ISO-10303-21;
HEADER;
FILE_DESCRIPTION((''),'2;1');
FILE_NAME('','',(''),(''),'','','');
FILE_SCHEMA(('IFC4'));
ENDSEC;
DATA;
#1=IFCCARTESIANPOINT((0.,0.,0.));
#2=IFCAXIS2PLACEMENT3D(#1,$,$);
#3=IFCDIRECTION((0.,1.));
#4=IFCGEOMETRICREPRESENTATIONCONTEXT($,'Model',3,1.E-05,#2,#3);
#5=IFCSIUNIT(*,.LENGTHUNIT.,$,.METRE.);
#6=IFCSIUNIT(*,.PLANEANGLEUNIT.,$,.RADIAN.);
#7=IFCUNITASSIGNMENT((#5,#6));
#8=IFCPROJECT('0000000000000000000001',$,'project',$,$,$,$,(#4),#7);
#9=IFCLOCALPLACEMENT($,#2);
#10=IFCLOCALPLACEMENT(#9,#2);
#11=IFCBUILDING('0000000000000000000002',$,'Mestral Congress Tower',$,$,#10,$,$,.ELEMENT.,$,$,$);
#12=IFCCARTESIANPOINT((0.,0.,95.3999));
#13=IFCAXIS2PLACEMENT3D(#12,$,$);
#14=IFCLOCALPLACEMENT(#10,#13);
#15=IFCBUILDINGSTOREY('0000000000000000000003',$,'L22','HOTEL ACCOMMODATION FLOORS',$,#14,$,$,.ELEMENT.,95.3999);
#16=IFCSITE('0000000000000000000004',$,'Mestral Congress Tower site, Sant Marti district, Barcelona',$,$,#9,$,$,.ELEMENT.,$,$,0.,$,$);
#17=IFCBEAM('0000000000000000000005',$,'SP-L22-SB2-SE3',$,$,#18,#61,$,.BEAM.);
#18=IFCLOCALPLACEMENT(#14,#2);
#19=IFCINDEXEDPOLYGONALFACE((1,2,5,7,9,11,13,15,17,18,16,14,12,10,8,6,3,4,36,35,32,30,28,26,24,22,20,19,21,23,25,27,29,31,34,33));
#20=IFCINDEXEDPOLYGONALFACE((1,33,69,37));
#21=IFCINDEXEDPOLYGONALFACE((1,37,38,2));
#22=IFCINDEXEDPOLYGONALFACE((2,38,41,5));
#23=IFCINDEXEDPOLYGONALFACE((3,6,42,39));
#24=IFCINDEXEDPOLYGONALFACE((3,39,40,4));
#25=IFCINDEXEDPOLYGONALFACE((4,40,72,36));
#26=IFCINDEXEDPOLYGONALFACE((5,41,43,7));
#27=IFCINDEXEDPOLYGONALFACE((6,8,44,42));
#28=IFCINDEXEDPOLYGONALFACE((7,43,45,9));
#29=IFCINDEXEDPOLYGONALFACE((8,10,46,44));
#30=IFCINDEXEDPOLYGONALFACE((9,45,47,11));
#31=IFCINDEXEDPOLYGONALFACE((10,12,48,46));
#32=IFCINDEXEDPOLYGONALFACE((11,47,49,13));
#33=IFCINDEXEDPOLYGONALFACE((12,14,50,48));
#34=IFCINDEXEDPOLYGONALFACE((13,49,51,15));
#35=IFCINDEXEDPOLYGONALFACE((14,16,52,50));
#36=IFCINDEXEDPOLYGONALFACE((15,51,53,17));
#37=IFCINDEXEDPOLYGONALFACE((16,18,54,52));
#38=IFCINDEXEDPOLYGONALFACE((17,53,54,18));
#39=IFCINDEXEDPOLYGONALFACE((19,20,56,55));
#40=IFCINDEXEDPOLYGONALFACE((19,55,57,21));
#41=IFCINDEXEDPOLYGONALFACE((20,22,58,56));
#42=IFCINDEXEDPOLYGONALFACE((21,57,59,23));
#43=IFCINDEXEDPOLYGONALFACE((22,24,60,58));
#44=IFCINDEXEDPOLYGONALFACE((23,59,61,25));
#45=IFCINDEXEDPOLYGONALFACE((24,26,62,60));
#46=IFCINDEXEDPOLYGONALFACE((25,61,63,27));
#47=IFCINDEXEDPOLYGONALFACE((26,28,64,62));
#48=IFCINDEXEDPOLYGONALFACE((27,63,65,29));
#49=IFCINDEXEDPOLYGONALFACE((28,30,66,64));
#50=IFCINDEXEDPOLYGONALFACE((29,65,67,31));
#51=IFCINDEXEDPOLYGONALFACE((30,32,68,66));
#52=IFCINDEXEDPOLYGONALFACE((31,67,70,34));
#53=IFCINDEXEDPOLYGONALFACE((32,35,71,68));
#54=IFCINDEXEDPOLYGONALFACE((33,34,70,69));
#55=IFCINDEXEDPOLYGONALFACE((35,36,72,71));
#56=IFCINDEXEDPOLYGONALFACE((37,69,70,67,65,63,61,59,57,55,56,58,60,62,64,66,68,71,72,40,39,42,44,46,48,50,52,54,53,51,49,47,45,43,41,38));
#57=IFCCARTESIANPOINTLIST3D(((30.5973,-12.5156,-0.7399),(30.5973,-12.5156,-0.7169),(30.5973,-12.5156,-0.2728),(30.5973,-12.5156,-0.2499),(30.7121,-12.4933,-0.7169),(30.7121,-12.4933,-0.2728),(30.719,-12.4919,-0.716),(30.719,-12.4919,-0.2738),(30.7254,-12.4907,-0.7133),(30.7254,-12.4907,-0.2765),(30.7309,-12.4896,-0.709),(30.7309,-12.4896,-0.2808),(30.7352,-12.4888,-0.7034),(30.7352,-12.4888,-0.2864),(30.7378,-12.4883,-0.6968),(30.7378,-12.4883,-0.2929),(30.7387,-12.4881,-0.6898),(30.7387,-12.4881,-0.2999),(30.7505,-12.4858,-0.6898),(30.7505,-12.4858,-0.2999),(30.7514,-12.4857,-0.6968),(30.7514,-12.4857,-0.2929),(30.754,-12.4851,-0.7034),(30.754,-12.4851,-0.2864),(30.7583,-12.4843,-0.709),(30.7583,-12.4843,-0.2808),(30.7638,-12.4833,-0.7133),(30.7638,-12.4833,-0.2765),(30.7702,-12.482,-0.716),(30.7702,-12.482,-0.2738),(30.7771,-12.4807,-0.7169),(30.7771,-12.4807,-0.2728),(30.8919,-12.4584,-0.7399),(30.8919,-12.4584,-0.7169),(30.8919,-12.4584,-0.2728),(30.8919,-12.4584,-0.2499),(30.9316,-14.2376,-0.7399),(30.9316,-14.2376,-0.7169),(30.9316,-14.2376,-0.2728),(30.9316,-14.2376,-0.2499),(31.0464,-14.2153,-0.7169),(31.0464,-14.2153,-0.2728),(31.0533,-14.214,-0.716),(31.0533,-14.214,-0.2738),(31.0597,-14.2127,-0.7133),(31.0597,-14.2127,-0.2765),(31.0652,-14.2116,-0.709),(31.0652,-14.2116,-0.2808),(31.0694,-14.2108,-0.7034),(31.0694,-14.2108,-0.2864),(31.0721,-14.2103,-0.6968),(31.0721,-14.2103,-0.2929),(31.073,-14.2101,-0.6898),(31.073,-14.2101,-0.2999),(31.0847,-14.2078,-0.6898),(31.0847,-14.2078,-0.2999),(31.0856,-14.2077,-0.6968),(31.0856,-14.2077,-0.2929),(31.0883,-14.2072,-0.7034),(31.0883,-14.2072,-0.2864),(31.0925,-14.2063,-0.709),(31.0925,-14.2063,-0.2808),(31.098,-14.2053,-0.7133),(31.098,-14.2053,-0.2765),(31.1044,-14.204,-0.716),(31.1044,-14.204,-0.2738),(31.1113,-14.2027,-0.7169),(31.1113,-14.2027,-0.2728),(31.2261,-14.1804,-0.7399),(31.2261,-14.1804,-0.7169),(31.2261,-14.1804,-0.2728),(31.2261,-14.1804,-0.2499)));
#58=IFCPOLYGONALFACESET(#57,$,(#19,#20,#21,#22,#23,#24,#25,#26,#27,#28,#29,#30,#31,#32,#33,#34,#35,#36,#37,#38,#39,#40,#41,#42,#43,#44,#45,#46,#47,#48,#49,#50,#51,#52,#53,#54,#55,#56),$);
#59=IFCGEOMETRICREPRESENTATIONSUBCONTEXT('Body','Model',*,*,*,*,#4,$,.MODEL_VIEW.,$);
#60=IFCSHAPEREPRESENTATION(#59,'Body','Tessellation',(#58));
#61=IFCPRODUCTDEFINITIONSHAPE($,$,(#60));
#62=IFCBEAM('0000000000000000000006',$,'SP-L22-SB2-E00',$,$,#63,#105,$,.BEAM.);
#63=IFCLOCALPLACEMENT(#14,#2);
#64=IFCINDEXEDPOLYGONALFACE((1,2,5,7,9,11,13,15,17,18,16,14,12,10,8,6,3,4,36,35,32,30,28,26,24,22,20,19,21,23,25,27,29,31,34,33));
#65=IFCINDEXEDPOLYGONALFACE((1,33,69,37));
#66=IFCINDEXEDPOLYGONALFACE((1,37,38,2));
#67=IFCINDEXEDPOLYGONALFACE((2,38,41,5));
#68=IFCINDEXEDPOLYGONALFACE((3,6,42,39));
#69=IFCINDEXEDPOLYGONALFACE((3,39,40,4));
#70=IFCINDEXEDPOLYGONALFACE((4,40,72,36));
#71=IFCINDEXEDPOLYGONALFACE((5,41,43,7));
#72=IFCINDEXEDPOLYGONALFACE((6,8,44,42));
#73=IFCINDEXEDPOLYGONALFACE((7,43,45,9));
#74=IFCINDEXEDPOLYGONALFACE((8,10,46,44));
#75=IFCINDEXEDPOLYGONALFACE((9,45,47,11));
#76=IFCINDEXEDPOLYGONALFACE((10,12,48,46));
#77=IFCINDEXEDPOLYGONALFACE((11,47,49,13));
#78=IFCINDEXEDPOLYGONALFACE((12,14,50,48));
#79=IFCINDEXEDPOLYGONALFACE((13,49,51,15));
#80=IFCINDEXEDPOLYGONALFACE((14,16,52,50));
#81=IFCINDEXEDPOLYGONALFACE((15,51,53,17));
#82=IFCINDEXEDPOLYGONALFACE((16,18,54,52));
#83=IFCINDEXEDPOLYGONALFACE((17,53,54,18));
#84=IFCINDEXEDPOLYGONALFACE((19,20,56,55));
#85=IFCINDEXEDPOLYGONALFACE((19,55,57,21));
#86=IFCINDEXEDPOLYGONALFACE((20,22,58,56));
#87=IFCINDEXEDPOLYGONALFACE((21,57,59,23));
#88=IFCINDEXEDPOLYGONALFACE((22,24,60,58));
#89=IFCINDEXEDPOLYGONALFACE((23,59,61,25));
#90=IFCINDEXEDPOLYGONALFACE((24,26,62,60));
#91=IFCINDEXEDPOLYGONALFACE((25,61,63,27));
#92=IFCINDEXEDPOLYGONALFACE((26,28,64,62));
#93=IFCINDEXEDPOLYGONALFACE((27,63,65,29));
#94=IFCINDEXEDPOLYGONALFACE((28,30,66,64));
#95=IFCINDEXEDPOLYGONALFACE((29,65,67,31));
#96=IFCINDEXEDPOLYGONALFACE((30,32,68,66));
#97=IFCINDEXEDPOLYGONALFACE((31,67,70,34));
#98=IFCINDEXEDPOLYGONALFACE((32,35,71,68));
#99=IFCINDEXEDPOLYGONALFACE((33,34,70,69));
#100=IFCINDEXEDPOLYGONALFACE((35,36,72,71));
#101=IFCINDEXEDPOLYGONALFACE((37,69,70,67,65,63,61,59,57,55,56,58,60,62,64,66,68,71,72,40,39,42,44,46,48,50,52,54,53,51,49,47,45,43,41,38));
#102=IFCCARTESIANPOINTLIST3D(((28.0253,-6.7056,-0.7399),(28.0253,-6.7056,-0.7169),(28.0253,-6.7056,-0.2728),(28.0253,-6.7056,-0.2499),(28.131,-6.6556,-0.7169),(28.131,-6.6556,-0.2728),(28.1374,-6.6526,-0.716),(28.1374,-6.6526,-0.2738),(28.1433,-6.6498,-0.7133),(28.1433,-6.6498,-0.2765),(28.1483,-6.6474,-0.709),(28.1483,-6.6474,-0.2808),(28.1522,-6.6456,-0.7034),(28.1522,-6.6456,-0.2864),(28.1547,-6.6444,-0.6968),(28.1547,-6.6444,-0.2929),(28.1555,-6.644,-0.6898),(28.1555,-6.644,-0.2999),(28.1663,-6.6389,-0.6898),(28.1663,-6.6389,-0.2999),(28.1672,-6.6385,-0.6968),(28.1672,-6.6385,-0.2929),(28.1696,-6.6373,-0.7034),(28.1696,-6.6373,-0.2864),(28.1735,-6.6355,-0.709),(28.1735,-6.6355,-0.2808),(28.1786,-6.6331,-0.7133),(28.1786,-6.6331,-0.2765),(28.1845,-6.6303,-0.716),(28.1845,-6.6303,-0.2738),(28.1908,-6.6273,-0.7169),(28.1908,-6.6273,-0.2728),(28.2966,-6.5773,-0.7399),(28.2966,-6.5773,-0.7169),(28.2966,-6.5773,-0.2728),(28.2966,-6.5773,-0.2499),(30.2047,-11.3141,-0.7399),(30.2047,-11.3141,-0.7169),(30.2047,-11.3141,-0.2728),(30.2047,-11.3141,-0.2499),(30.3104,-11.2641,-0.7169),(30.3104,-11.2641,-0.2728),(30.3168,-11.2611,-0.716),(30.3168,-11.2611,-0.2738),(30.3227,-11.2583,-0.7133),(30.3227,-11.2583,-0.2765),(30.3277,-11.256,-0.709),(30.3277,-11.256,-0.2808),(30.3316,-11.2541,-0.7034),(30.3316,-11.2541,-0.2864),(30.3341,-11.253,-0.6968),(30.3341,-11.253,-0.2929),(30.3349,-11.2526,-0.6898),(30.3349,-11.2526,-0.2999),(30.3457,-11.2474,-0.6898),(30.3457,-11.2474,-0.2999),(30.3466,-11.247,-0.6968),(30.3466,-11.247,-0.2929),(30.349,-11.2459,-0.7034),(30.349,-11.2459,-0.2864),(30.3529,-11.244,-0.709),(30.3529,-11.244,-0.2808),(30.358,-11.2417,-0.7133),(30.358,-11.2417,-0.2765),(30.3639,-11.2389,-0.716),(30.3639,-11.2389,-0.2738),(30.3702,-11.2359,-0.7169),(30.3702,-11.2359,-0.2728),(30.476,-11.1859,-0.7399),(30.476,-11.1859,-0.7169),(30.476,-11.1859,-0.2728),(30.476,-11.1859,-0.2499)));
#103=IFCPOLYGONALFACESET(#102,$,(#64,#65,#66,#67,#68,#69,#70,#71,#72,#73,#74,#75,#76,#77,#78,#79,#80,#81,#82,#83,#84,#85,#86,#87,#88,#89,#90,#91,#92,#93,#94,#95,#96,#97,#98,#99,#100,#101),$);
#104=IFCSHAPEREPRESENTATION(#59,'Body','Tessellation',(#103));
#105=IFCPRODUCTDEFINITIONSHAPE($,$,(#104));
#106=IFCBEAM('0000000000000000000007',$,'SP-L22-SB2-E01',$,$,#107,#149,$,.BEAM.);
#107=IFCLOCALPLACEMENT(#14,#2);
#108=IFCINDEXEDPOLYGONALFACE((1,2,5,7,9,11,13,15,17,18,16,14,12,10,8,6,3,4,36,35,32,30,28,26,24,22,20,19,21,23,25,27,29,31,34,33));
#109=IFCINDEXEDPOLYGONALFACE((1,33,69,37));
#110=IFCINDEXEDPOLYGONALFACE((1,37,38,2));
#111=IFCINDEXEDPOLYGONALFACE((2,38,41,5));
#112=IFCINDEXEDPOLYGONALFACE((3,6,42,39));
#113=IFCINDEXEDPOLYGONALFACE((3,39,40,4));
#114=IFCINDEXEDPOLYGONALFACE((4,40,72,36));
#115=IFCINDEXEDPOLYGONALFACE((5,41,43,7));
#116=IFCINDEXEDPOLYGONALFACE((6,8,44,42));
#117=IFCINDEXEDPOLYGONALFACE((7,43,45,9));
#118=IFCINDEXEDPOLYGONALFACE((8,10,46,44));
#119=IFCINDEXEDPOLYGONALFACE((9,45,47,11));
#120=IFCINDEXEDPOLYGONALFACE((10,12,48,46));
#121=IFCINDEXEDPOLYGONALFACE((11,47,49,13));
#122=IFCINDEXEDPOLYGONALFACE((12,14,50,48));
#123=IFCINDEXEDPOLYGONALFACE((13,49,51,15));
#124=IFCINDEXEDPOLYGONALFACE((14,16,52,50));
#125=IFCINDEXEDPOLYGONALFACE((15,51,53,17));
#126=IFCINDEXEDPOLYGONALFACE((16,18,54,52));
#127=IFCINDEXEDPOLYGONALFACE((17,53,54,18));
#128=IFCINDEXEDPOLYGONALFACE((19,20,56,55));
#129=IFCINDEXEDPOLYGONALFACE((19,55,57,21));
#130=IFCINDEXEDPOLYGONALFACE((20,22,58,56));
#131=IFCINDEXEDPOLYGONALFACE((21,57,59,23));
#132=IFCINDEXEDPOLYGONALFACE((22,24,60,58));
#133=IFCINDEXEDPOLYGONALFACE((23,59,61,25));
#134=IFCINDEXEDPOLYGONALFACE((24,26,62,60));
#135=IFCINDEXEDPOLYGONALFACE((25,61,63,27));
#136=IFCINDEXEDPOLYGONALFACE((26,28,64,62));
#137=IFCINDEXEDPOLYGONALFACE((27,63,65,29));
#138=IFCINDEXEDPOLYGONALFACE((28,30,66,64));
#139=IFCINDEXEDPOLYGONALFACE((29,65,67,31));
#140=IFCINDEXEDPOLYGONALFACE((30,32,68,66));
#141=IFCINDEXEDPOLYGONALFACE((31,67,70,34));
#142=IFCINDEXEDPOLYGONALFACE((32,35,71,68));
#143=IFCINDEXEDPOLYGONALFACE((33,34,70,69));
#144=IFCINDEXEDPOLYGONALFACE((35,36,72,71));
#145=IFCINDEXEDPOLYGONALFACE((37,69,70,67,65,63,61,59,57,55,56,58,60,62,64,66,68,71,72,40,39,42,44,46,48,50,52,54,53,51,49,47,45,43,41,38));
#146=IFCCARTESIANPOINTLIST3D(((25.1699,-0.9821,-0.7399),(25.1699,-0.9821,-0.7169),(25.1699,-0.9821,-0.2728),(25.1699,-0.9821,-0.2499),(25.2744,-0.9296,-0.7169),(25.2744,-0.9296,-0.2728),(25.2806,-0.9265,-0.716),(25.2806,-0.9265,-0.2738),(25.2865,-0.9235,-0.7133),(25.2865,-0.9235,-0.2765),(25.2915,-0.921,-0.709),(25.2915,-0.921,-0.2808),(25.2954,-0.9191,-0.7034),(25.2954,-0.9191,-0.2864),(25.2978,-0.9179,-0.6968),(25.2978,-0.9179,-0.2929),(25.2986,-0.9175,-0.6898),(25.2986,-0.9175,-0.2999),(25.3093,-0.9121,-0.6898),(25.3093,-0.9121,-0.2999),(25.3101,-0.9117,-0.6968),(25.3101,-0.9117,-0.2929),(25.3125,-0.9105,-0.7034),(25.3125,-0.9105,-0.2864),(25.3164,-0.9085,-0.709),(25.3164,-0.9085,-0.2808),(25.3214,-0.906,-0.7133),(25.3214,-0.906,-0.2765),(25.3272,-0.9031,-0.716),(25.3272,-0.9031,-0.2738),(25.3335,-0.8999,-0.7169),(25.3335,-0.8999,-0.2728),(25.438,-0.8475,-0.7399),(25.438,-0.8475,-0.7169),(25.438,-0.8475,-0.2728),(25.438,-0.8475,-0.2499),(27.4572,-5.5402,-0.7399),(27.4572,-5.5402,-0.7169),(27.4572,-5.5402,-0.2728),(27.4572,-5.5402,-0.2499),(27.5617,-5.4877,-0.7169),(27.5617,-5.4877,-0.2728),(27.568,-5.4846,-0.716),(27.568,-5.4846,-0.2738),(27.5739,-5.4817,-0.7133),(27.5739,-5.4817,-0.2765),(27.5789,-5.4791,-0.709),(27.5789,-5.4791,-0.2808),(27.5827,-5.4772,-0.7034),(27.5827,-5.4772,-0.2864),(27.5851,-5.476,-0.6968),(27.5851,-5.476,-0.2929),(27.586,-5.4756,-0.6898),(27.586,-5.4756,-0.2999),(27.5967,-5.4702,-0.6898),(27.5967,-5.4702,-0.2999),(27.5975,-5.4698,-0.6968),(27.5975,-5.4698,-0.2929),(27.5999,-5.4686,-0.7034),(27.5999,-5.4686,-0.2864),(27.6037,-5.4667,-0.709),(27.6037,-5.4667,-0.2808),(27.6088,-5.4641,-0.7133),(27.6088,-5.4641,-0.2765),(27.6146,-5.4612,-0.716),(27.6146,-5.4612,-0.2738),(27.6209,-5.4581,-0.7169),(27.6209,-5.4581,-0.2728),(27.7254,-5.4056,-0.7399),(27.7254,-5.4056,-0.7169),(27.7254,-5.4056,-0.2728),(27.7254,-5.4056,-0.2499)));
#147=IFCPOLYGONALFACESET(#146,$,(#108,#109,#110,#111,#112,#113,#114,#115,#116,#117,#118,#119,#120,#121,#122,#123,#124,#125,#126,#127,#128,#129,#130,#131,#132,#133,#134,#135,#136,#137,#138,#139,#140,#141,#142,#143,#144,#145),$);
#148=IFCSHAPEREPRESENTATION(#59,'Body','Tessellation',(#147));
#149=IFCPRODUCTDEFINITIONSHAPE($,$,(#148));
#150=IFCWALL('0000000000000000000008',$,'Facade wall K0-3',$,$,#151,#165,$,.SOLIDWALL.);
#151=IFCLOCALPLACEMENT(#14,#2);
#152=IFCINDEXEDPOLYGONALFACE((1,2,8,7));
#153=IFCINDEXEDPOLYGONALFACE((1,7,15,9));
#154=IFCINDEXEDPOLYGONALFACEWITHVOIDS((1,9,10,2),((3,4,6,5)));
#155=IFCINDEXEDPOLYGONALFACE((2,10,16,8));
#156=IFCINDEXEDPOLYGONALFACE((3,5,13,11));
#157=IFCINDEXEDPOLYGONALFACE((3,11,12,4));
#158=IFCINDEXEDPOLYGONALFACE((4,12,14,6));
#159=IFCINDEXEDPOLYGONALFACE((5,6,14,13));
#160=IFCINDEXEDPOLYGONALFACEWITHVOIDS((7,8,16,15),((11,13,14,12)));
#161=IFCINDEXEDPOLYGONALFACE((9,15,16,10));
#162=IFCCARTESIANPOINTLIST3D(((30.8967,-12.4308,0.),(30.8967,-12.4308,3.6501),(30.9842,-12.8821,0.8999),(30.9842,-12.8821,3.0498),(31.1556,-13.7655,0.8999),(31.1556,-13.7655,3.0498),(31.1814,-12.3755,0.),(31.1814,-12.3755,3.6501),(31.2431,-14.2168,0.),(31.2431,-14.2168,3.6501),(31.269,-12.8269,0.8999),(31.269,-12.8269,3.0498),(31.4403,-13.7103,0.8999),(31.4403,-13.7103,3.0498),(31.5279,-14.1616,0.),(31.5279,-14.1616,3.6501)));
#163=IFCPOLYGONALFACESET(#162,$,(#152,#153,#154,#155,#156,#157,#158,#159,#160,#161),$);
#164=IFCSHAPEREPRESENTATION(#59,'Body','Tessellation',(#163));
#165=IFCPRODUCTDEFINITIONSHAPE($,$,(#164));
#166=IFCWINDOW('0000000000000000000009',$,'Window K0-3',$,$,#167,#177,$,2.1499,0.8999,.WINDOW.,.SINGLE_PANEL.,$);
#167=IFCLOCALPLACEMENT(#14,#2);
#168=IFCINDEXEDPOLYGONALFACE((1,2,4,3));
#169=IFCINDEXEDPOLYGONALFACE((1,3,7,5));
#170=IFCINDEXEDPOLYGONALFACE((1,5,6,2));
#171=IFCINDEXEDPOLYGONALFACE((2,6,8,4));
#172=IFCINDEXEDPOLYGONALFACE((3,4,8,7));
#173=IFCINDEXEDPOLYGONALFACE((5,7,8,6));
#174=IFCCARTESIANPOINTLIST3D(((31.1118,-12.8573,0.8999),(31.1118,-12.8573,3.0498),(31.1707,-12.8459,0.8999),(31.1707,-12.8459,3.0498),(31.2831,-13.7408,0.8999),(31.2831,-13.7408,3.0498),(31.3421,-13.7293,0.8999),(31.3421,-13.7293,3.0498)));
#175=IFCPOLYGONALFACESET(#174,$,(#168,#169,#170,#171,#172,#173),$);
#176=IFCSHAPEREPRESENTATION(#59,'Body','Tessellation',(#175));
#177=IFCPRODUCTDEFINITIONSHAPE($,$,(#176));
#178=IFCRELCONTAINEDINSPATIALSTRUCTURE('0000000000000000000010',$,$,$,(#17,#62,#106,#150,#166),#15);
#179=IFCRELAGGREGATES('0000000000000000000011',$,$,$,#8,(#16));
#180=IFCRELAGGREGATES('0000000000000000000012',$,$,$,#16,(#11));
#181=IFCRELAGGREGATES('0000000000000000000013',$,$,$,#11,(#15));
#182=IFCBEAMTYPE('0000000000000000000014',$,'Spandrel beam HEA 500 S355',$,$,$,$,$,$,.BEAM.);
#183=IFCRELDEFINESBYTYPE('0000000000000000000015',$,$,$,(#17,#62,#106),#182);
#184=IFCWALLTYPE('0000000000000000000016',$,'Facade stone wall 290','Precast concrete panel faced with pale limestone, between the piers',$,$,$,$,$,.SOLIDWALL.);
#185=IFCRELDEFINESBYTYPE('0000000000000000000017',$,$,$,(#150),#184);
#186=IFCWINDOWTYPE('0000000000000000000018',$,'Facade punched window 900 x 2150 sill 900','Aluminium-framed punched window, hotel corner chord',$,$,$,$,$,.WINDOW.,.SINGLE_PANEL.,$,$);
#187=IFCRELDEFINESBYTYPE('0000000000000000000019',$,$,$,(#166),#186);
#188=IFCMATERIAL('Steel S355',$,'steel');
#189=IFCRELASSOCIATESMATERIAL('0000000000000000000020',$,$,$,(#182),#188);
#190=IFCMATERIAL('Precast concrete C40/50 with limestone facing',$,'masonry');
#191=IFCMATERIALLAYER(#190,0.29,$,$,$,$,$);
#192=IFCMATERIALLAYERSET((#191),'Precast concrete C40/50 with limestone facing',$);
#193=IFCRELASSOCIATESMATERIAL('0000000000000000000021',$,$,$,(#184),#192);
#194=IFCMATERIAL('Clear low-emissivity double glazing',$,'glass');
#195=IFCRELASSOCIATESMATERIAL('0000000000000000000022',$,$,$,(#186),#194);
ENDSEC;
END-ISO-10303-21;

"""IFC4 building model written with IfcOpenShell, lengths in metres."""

from ifc_helpers import new_model, si_unit, direction, frame, frame_2d, origin, origin_2d, place, context, subcontext, project, spatial, rectangle, i_section, extrude, material, layer, layer_set, material_profile, profile_set, type_object, element, fill, save


model = new_model("IFC4")

# Units and contexts
model_context = context("Model", 3, precision=1e-05, world=origin(), true_north=direction((0.0, 1.0)))
body_context = subcontext(model_context, "Body", "Model", "MODEL_VIEW")
ifc_project = project(units=[si_unit("LENGTHUNIT", "METRE"), si_unit("PLANEANGLEUNIT", "RADIAN")], contexts=[model_context])

# Site, building, storey
site_placement = place(None, origin())
site = spatial("IfcSite", under=ifc_project, at=site_placement, Name="Mestral Congress Tower site, Sant Marti district, Barcelona", CompositionType="ELEMENT", RefElevation=0.0)
building_placement = place(site_placement, origin())
building = spatial("IfcBuilding", under=site, at=building_placement, Name="Mestral Congress Tower", CompositionType="ELEMENT")
storey_placement = place(building_placement, frame((0.0, 0.0, 95.3999)))
storey = spatial("IfcBuildingStorey", under=building, at=storey_placement, Name="L22", Description="HOTEL ACCOMMODATION FLOORS", CompositionType="ELEMENT", Elevation=95.3999)

# Beams
ifc_material_1 = material(Name="Steel S355", Category="steel")
ifc_material_profile_1 = material_profile(ifc_material_1, i_section(OverallWidth=0.3, OverallDepth=0.49, WebThickness=0.012, FlangeThickness=0.0229, FilletRadius=0.0271, at=origin_2d()), Name="HEA 500")
ifc_profile_set_1 = profile_set([ifc_material_profile_1], Name="Steel S355")
beam_type_1 = type_object("IfcBeamType", Name="Spandrel beam HEA 500 S355", PredefinedType="BEAM", material=ifc_profile_set_1)
beam_1_placement = place(storey_placement, frame((31.0789, -14.209, -0.4949), z_axis=(-0.190546, 0.981678, 0.0), x_axis=(-0.981678, -0.190546, 0.0)))
element("IfcBeam", 1, at=beam_1_placement, inside=storey, type_object=beam_type_1, Name="SP-L22-SB2-SE3", PredefinedType="BEAM", context=body_context, shape_type="SweptSolid", body=[
    extrude(i_section(OverallWidth=0.3, OverallDepth=0.49, WebThickness=0.012, FlangeThickness=0.0229, FilletRadius=0.0271, at=origin_2d()), origin(), (0.0, 0.0, 1.0), 1.7542),
])
beam_2_placement = place(storey_placement, frame((30.3403, -11.25, -0.4949), z_axis=(-0.42751, 0.904011, 0.0), x_axis=(-0.904011, -0.42751, 0.0)))
element("IfcBeam", 2, at=beam_2_placement, inside=storey, type_object=beam_type_1, Name="SP-L22-SB2-E00", PredefinedType="BEAM", context=body_context, shape_type="SweptSolid", body=[
    extrude(i_section(OverallWidth=0.3, OverallDepth=0.49, WebThickness=0.012, FlangeThickness=0.0229, FilletRadius=0.0271, at=origin_2d()), origin(), (0.0, 0.0, 1.0), 5.0979),
])
beam_3_placement = place(storey_placement, frame((27.5913, -5.4729, -0.4949), z_axis=(-0.448515, 0.893775, 0.0), x_axis=(-0.893775, -0.448515, 0.0)))
element("IfcBeam", 3, at=beam_3_placement, inside=storey, type_object=beam_type_1, Name="SP-L22-SB2-E01", PredefinedType="BEAM", context=body_context, shape_type="SweptSolid", body=[
    extrude(i_section(OverallWidth=0.3, OverallDepth=0.49, WebThickness=0.012, FlangeThickness=0.0229, FilletRadius=0.0271, at=origin_2d()), origin(), (0.0, 0.0, 1.0), 5.0999),
])

# Wall, opening, window
ifc_material_2 = material(Name="Precast concrete C40/50 with limestone facing", Category="masonry")
ifc_layer_1 = layer(ifc_material_2, 0.29)
ifc_layer_set_1 = layer_set([ifc_layer_1], Name="Precast concrete C40/50 with limestone facing")
wall_type_1 = type_object("IfcWallType", Name="Facade stone wall 290", Description="Precast concrete panel faced with pale limestone, between the piers", PredefinedType="SOLIDWALL", material=ifc_layer_set_1)
wall_1_placement = place(storey_placement, frame((31.3855, -14.1892, 0.0), z_axis=(0.0, 0.0, 1.0), x_axis=(-0.19041, 0.981705, 0.0)))
wall_1 = element("IfcWall", 4, at=wall_1_placement, inside=storey, type_object=wall_type_1, Name="Facade wall K0-3", PredefinedType="SOLIDWALL", context=body_context, shape_type="SweptSolid", body=[
    extrude(rectangle(XDim=1.8193, YDim=0.29, at=frame_2d((0.9097, 0.0))), origin(), (0.0, 0.0, 1.0), 3.6501),
])
opening_1_placement = place(wall_1_placement, frame((0.4597, 0.0, 0.8999)))
opening_1 = element("IfcOpeningElement", 5, at=opening_1_placement, cuts=wall_1, PredefinedType="OPENING", context=body_context, shape_type="SweptSolid", body=[
    extrude(rectangle(XDim=0.8999, YDim=2.1499, at=frame_2d((0.45, 1.075))), frame((0.0, 0.155, 0.0), z_axis=(0.0, -1.0, 0.0), x_axis=(1.0, 0.0, 0.0)), (0.0, 0.0, 1.0), 0.3101),
])
ifc_material_3 = material(Name="Clear low-emissivity double glazing", Category="glass")
window_type_1 = type_object("IfcWindowType", Name="Facade punched window 900 x 2150 sill 900", Description="Aluminium-framed punched window, hotel corner chord", PartitioningType="SINGLE_PANEL", PredefinedType="WINDOW", material=ifc_material_3)
window_1_placement = place(opening_1_placement, origin())
window_1 = element("IfcWindow", 6, at=window_1_placement, inside=storey, type_object=window_type_1, Name="Window K0-3", OverallHeight=2.1499, OverallWidth=0.8999, PartitioningType="SINGLE_PANEL", PredefinedType="WINDOW", context=body_context, shape_type="SweptSolid", body=[
    extrude(rectangle(XDim=0.8999, YDim=2.1499, at=frame_2d((0.45, 1.075))), frame((0.0, 0.0151, 0.0), z_axis=(0.0, -1.0, 0.0), x_axis=(1.0, 0.0, 0.0)), (0.0, 0.0, 1.0), 0.0601),
])
fill(opening_1, window_1)

save(model, "model.ifc")
